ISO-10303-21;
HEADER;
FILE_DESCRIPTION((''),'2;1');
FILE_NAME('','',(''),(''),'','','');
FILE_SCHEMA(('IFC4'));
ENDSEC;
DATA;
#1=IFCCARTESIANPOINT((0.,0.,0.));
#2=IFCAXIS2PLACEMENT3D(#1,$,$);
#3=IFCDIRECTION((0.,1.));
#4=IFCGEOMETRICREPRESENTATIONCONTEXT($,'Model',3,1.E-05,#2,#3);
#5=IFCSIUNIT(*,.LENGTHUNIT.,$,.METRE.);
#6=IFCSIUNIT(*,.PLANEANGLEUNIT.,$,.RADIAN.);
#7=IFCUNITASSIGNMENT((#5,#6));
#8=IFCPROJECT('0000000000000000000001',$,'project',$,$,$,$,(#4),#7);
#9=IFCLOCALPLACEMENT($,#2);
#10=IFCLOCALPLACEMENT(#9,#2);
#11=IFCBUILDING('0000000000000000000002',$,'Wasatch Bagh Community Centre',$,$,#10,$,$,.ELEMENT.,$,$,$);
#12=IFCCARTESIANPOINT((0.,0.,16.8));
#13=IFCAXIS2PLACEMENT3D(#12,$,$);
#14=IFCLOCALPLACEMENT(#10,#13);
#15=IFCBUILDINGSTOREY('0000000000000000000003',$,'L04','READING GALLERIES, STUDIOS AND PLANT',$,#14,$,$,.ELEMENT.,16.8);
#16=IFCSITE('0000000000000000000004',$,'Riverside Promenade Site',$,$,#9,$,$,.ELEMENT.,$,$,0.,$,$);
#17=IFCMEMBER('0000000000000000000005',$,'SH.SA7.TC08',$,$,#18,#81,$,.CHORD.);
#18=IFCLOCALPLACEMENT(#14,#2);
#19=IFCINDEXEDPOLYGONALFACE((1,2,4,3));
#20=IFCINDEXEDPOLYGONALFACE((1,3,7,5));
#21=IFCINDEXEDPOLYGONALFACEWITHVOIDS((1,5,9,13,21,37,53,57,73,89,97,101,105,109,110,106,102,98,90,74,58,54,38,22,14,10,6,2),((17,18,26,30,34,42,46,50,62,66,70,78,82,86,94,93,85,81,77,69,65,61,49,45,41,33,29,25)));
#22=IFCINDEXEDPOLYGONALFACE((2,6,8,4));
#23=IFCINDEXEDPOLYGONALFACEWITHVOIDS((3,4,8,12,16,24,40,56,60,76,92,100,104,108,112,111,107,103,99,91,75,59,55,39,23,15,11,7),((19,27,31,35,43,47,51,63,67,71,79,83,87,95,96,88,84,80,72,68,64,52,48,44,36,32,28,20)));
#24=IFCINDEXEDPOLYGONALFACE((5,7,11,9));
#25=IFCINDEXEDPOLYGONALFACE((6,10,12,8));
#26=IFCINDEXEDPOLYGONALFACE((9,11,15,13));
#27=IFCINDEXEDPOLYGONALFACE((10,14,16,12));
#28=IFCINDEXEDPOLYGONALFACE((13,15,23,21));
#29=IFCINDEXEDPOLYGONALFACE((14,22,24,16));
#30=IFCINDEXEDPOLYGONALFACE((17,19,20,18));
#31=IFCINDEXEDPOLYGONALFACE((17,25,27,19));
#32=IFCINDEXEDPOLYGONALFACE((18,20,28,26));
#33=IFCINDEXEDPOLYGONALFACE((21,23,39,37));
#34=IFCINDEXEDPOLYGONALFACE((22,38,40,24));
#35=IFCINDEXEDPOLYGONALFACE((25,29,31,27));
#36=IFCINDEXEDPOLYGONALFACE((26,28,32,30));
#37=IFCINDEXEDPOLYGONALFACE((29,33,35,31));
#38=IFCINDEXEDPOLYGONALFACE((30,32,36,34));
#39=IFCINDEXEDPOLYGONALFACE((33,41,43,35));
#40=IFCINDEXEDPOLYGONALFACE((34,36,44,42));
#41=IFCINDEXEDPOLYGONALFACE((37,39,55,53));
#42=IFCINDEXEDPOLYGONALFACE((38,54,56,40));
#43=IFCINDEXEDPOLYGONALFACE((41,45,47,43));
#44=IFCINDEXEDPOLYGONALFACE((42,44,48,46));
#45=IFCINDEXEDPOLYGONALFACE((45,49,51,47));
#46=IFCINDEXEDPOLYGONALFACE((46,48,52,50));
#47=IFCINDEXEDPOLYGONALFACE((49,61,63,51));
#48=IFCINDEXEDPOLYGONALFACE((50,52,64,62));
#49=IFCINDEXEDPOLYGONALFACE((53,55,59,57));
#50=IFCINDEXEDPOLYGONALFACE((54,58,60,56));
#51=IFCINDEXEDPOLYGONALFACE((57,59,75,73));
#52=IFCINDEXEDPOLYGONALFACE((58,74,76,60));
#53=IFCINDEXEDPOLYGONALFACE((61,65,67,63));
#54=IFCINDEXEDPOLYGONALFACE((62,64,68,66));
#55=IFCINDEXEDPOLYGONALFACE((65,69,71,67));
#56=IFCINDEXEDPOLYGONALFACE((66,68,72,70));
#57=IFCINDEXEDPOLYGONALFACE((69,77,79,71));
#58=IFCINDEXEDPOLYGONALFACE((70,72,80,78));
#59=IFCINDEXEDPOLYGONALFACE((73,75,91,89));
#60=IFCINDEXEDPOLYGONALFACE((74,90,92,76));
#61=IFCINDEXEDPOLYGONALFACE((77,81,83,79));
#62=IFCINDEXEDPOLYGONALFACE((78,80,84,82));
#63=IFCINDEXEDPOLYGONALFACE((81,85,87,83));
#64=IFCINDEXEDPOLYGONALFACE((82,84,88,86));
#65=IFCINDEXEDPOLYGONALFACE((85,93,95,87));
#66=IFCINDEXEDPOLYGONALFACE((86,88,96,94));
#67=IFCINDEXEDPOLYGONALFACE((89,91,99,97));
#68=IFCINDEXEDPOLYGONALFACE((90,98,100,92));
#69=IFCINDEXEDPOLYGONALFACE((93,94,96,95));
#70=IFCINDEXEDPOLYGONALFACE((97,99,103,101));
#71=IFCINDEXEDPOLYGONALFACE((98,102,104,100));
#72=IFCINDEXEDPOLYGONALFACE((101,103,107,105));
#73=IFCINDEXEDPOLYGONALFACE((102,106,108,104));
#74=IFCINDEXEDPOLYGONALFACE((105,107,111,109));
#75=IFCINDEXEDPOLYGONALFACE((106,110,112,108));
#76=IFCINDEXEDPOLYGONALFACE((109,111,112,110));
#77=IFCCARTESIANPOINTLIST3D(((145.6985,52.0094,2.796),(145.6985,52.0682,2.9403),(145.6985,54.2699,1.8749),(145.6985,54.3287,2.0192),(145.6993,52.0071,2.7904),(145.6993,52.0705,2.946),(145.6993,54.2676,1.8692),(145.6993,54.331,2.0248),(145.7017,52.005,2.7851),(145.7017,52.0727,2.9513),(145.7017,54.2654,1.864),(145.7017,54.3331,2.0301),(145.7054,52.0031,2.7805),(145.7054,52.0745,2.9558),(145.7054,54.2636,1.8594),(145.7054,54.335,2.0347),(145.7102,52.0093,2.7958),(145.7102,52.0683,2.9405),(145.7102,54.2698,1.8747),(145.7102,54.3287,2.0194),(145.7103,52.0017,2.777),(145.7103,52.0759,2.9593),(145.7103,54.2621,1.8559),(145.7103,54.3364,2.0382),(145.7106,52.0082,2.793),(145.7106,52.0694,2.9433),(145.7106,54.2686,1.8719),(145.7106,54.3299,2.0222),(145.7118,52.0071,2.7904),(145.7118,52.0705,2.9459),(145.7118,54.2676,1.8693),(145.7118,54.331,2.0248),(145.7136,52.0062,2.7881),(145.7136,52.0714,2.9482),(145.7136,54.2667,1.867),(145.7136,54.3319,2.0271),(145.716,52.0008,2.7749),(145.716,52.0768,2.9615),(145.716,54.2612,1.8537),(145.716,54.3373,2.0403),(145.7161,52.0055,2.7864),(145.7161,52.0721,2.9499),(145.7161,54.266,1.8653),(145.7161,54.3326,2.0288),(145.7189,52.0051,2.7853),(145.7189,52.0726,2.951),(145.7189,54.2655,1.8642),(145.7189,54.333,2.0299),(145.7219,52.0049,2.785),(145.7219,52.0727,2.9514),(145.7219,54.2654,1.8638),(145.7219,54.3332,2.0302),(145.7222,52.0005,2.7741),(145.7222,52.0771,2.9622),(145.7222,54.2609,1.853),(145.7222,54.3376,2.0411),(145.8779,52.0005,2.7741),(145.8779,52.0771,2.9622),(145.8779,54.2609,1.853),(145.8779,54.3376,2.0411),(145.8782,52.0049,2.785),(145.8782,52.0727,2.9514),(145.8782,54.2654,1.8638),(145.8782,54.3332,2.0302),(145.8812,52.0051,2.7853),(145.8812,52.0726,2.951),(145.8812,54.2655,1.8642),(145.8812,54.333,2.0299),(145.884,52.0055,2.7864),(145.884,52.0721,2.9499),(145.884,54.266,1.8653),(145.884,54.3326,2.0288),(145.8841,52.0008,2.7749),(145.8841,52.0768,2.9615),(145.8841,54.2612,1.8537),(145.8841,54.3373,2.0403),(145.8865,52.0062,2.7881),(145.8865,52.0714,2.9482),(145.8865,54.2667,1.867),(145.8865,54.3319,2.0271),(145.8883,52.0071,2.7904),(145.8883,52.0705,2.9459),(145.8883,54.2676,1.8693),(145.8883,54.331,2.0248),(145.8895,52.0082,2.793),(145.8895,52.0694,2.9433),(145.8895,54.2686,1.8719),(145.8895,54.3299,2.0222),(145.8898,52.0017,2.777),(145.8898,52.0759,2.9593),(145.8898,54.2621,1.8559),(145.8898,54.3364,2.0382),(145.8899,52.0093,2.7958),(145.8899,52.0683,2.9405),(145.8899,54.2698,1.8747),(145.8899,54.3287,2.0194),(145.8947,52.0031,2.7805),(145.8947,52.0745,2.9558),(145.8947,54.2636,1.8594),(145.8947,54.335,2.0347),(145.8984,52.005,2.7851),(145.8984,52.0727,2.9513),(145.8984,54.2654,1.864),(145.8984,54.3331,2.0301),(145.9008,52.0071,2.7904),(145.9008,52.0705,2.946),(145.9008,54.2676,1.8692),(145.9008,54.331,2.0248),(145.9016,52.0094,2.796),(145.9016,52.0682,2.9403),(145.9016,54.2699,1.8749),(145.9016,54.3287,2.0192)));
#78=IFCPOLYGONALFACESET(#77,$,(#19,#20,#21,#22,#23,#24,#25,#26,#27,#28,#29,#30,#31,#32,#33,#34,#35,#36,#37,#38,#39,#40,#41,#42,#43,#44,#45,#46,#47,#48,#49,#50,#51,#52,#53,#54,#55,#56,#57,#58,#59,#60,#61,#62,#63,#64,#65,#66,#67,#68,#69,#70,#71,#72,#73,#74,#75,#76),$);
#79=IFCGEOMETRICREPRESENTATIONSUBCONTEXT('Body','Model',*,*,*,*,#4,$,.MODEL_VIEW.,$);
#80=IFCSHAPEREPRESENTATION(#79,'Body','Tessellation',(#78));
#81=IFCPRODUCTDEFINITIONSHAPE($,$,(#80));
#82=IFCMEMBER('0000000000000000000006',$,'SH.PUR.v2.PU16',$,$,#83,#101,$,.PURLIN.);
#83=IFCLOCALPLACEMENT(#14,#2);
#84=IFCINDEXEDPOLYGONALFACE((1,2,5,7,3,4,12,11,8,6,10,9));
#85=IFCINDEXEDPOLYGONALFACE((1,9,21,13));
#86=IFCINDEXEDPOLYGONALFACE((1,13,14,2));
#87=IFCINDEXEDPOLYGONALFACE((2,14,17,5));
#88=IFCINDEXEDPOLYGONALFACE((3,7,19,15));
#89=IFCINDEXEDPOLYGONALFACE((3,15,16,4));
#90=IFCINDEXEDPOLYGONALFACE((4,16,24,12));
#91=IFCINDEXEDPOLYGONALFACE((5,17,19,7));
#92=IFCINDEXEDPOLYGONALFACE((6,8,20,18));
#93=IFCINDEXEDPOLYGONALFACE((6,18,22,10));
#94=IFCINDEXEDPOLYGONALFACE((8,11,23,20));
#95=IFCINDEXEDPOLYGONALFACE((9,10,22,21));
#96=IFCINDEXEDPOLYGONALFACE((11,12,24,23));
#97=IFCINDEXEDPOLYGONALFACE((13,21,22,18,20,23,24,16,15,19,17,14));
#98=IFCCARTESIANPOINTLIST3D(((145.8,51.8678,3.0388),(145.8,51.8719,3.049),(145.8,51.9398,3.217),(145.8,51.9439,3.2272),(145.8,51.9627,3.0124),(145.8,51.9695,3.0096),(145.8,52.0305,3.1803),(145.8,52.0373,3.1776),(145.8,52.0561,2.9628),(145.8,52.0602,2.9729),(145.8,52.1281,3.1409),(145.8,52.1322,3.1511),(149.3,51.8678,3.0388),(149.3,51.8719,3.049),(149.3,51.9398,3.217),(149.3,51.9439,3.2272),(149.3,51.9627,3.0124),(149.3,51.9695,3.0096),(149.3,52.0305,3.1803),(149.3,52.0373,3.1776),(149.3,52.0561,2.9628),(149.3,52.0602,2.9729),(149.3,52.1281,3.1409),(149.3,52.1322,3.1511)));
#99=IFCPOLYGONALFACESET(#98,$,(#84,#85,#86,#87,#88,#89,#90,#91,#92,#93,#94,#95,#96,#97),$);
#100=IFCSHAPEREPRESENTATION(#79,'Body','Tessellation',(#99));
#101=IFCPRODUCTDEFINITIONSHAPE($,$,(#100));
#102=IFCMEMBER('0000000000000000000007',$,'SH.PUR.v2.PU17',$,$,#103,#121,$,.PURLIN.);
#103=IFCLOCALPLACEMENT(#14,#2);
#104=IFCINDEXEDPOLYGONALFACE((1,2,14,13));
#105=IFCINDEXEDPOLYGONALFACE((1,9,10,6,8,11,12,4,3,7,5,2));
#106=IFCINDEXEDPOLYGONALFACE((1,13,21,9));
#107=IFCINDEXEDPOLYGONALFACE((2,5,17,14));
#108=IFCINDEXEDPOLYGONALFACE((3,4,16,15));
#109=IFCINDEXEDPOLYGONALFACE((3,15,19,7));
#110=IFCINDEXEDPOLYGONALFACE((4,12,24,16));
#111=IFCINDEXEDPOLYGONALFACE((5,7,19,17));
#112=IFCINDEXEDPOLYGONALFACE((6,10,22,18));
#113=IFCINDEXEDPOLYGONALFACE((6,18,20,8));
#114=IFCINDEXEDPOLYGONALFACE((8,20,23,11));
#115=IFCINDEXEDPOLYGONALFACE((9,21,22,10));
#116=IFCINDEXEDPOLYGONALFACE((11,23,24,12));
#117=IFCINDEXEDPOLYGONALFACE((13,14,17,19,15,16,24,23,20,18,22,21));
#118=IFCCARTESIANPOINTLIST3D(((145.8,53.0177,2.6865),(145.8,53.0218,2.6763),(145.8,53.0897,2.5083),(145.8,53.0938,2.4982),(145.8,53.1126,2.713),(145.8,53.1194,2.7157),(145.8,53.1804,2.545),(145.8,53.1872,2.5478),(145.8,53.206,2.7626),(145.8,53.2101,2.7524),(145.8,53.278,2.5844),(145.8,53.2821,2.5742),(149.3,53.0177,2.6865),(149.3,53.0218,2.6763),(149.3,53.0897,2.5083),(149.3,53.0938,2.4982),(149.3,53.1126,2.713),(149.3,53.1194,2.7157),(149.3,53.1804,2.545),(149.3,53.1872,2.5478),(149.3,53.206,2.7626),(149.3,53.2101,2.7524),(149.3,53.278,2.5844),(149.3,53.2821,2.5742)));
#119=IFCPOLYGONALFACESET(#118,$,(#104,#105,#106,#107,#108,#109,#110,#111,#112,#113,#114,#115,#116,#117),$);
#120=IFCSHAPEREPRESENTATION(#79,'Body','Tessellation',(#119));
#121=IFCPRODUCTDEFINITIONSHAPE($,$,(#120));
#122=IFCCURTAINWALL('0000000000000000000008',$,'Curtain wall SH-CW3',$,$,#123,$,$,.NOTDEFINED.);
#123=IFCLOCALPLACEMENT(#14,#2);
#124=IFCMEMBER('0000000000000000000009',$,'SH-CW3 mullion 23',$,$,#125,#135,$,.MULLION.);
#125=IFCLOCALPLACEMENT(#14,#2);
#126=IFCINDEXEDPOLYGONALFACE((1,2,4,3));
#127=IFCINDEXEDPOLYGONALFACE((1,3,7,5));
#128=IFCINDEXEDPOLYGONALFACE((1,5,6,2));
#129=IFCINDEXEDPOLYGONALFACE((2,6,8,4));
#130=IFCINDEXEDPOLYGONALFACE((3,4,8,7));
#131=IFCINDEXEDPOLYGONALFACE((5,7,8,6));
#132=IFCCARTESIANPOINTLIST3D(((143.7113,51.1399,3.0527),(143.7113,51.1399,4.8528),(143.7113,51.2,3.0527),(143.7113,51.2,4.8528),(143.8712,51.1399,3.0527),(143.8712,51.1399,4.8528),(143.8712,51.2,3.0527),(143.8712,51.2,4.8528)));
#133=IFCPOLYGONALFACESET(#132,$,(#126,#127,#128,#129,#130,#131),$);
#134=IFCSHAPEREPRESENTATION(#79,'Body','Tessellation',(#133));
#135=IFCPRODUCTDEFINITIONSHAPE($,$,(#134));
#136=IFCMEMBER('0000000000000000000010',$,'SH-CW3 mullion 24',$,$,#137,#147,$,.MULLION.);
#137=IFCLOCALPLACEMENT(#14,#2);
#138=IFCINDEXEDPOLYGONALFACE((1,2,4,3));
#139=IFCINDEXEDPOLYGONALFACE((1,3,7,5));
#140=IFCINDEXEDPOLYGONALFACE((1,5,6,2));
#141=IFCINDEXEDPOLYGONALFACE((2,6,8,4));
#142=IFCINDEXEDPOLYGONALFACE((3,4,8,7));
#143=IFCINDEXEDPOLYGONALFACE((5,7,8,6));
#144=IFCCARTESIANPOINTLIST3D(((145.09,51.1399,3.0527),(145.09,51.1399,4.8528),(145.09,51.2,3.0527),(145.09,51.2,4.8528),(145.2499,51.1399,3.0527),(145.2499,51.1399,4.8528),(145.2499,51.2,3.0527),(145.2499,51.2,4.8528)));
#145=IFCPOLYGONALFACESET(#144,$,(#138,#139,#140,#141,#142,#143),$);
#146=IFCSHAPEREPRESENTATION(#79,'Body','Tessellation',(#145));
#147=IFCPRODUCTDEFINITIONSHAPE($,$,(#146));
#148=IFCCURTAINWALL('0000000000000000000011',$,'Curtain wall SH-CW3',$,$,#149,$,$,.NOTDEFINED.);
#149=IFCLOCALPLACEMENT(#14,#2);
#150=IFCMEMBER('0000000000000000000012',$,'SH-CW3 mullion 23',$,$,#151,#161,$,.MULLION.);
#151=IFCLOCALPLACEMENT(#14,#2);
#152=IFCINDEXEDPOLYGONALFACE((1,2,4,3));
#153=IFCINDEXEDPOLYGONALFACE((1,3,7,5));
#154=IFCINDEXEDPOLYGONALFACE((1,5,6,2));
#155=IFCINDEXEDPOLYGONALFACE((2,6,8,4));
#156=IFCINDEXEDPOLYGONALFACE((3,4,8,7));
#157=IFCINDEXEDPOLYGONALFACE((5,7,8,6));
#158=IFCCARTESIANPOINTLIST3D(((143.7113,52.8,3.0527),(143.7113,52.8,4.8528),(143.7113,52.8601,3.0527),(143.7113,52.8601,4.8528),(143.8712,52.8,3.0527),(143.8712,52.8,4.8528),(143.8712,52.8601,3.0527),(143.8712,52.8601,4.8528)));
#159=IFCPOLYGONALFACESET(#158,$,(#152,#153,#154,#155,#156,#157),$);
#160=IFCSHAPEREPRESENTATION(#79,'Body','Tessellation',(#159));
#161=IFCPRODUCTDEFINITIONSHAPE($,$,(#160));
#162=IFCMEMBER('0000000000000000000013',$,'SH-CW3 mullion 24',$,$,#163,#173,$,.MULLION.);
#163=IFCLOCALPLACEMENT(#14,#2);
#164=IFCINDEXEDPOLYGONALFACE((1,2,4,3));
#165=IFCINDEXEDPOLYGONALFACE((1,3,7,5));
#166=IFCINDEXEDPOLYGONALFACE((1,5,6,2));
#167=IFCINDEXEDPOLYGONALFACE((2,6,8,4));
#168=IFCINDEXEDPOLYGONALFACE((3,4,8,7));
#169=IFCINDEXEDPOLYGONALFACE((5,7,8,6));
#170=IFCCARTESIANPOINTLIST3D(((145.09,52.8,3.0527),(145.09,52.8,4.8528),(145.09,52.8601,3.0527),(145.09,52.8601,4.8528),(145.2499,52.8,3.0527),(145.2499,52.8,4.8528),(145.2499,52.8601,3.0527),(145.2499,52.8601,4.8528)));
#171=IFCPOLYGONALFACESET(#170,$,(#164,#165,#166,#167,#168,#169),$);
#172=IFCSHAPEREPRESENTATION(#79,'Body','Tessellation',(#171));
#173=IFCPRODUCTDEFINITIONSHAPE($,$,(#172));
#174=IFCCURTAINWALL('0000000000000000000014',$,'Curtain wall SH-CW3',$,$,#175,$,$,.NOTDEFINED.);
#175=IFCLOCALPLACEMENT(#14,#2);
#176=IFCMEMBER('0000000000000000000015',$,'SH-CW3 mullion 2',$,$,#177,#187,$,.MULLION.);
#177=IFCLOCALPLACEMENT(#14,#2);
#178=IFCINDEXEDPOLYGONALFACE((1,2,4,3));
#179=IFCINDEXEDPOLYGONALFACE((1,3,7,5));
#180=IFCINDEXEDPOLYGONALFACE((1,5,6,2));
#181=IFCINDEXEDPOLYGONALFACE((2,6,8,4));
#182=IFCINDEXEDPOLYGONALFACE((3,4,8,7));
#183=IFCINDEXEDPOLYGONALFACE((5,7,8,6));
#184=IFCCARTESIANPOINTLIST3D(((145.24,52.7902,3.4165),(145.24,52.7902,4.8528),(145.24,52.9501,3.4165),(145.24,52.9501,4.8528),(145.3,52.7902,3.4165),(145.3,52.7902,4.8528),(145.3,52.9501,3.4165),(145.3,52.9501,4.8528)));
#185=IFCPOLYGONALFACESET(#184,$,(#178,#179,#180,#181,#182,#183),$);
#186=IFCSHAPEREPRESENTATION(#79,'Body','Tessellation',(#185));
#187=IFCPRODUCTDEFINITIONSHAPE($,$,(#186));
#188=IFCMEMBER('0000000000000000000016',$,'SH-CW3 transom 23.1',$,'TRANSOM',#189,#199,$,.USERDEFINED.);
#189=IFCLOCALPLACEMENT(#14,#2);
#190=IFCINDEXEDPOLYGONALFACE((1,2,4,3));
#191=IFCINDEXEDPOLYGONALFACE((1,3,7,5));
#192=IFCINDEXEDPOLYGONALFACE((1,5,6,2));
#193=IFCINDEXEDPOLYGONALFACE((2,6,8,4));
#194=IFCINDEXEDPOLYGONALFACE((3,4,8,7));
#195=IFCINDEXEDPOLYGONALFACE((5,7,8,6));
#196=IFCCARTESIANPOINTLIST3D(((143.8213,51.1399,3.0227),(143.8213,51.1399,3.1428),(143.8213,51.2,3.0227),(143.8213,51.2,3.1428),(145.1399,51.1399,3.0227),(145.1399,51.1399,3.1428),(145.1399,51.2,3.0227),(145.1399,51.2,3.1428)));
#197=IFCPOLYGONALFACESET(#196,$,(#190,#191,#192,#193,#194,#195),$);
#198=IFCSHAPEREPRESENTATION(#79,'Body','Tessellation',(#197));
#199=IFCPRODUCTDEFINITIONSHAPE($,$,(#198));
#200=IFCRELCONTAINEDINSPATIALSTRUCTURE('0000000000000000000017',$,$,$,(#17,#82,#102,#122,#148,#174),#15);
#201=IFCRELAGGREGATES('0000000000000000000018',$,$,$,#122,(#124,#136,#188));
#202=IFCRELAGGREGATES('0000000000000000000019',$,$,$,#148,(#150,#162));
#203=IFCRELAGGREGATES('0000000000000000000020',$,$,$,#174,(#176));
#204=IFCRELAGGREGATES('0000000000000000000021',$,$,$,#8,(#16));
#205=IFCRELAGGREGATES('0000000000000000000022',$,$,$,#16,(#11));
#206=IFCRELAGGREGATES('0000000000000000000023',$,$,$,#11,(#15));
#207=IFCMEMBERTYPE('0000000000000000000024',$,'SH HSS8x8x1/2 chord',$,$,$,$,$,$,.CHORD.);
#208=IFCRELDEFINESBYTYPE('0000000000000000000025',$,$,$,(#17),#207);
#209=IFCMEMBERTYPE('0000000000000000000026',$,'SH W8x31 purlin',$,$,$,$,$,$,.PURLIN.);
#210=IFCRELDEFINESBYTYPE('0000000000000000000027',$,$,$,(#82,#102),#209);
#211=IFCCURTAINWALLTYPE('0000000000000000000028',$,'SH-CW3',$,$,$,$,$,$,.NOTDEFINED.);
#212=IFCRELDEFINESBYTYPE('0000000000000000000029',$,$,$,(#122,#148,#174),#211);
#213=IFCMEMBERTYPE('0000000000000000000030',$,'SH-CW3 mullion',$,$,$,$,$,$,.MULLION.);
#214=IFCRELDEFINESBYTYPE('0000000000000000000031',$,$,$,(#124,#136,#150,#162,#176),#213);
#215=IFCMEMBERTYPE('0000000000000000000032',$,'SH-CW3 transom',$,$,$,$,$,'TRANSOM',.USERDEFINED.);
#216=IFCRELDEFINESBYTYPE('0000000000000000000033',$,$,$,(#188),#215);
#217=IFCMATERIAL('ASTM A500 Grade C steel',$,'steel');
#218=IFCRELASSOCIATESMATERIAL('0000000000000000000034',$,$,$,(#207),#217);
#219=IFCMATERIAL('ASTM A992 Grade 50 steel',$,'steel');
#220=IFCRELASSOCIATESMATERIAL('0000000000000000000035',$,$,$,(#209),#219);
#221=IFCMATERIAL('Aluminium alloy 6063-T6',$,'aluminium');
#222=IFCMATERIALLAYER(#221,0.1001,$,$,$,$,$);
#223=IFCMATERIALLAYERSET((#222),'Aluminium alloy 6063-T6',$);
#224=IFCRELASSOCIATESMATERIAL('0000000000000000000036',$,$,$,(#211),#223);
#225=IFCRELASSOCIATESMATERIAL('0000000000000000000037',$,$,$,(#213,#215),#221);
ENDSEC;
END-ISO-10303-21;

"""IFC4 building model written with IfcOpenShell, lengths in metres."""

from ifc_helpers import new_model, si_unit, direction, frame, origin, origin_2d, place, context, subcontext, project, spatial, rectangle, hollow_rectangle, i_section, extrude, material, layer, layer_set, material_profile, profile_set, type_object, element, aggregate, save


model = new_model("IFC4")

# Units and contexts
model_context = context("Model", 3, precision=1e-05, world=origin(), true_north=direction((0.0, 1.0)))
body_context = subcontext(model_context, "Body", "Model", "MODEL_VIEW")
ifc_project = project(units=[si_unit("LENGTHUNIT", "METRE"), si_unit("PLANEANGLEUNIT", "RADIAN")], contexts=[model_context])

# Site, building, storey
site_placement = place(None, origin())
site = spatial("IfcSite", under=ifc_project, at=site_placement, Name="Riverside Promenade Site", CompositionType="ELEMENT", RefElevation=0.0)
building_placement = place(site_placement, origin())
building = spatial("IfcBuilding", under=site, at=building_placement, Name="Wasatch Bagh Community Centre", CompositionType="ELEMENT")
storey_placement = place(building_placement, frame((0.0, 0.0, 16.8)))
storey = spatial("IfcBuildingStorey", under=building, at=storey_placement, Name="L04", Description="READING GALLERIES, STUDIOS AND PLANT", CompositionType="ELEMENT", Elevation=16.8)

# Members
ifc_material_1 = material(Name="ASTM A500 Grade C steel", Category="steel")
ifc_material_profile_1 = material_profile(ifc_material_1, hollow_rectangle(XDim=0.2031, YDim=0.2031, WallThickness=0.0117, InnerFilletRadius=0.0117, OuterFilletRadius=0.0237, at=origin_2d()), Name="HSS8x8x1/2")
ifc_profile_set_1 = profile_set([ifc_material_profile_1], Name="ASTM A500 Grade C steel")
member_type_1 = type_object("IfcMemberType", Name="SH HSS8x8x1/2 chord", PredefinedType="CHORD", material=ifc_profile_set_1)
member_1_placement = place(storey_placement, frame((145.8, 52.0388, 2.8682), z_axis=(0.0, 0.926064, -0.377367), x_axis=(-1.0, 0.0, 0.0)))
element("IfcMember", 1, at=member_1_placement, inside=storey, type_object=member_type_1, Name="SH.SA7.TC08", PredefinedType="CHORD", context=body_context, shape_type="SweptSolid", body=[
    extrude(hollow_rectangle(XDim=0.2031, YDim=0.2031, WallThickness=0.0117, InnerFilletRadius=0.0117, OuterFilletRadius=0.0237, at=origin_2d()), origin(), (0.0, 0.0, 1.0), 2.4409),
])
ifc_material_2 = material(Name="ASTM A992 Grade 50 steel", Category="steel")
ifc_material_profile_2 = material_profile(ifc_material_2, i_section(OverallWidth=0.2031, OverallDepth=0.2031, WebThickness=0.0073, FlangeThickness=0.011, at=origin_2d()), Name="W8x31")
ifc_profile_set_2 = profile_set([ifc_material_profile_2], Name="ASTM A992 Grade 50 steel")
member_type_2 = type_object("IfcMemberType", Name="SH W8x31 purlin", PredefinedType="PURLIN", material=ifc_profile_set_2)
for number, where, z_axis, x_axis, name in (
    (2, (145.8, 52.0, 3.095), (1.0, 0.0, 0.0), (0.0, 0.927184, -0.374607), "SH.PUR.v2.PU16"),
    (3, (145.8, 53.1499, 2.6304), (1.0, 0.0, 0.0), (0.0, 0.927184, 0.374607), "SH.PUR.v2.PU17"),
):
    element("IfcMember", number, at=place(storey_placement, frame(where, z_axis=z_axis, x_axis=x_axis)), inside=storey, type_object=member_type_2, Name=name, PredefinedType="PURLIN", context=body_context, shape_type="SweptSolid", body=[
        extrude(i_section(OverallWidth=0.2031, OverallDepth=0.2031, WebThickness=0.0073, FlangeThickness=0.011, at=origin_2d()), origin(), (0.0, 0.0, 1.0), 3.5),
    ])

# Curtain walls, members
ifc_material_3 = material(Name="Aluminium alloy 6063-T6", Category="aluminium")
ifc_layer_1 = layer(ifc_material_3, 0.1001)
ifc_layer_set_1 = layer_set([ifc_layer_1], Name="Aluminium alloy 6063-T6")
curtain_wall_type = type_object("IfcCurtainWallType", Name="SH-CW3", PredefinedType="NOTDEFINED", material=ifc_layer_set_1)
curtain_wall_1_placement = place(storey_placement, origin())
curtain_wall_1 = element("IfcCurtainWall", 4, at=curtain_wall_1_placement, inside=storey, type_object=curtain_wall_type, Name="Curtain wall SH-CW3", PredefinedType="NOTDEFINED")
ifc_material_profile_3 = material_profile(ifc_material_3, rectangle(XDim=0.0601, YDim=0.1599, at=origin_2d()), Name="AL 60x160")
ifc_profile_set_3 = profile_set([ifc_material_profile_3], Name="Aluminium alloy 6063-T6")
member_type_3 = type_object("IfcMemberType", Name="SH-CW3 mullion", PredefinedType="MULLION", material=ifc_profile_set_3)
member_2_placement = place(storey_placement, frame((143.7913, 51.1699, 3.0527), z_axis=(0.0, 0.0, 1.0), x_axis=(0.0, 1.0, 0.0)))
member_2 = element("IfcMember", 5, at=member_2_placement, type_object=member_type_3, Name="SH-CW3 mullion 23", PredefinedType="MULLION", context=body_context, shape_type="SweptSolid", body=[
    extrude(rectangle(XDim=0.0601, YDim=0.1599, at=origin_2d()), origin(), (0.0, 0.0, 1.0), 1.8),
])
member_3_placement = place(storey_placement, frame((145.1699, 51.1699, 3.0527), z_axis=(0.0, 0.0, 1.0), x_axis=(0.0, 1.0, 0.0)))
member_3 = element("IfcMember", 6, at=member_3_placement, type_object=member_type_3, Name="SH-CW3 mullion 24", PredefinedType="MULLION", context=body_context, shape_type="SweptSolid", body=[
    extrude(rectangle(XDim=0.0601, YDim=0.1599, at=origin_2d()), origin(), (0.0, 0.0, 1.0), 1.8),
])
curtain_wall_2_placement = place(storey_placement, origin())
curtain_wall_2 = element("IfcCurtainWall", 7, at=curtain_wall_2_placement, inside=storey, type_object=curtain_wall_type, Name="Curtain wall SH-CW3", PredefinedType="NOTDEFINED")
member_4_placement = place(storey_placement, frame((143.7913, 52.8301, 3.0527), z_axis=(0.0, 0.0, 1.0), x_axis=(0.0, 1.0, 0.0)))
member_4 = element("IfcMember", 8, at=member_4_placement, type_object=member_type_3, Name="SH-CW3 mullion 23", PredefinedType="MULLION", context=body_context, shape_type="SweptSolid", body=[
    extrude(rectangle(XDim=0.0601, YDim=0.1599, at=origin_2d()), origin(), (0.0, 0.0, 1.0), 1.8),
])
member_5_placement = place(storey_placement, frame((145.1699, 52.8301, 3.0527), z_axis=(0.0, 0.0, 1.0), x_axis=(0.0, 1.0, 0.0)))
member_5 = element("IfcMember", 9, at=member_5_placement, type_object=member_type_3, Name="SH-CW3 mullion 24", PredefinedType="MULLION", context=body_context, shape_type="SweptSolid", body=[
    extrude(rectangle(XDim=0.0601, YDim=0.1599, at=origin_2d()), origin(), (0.0, 0.0, 1.0), 1.8),
])

# Curtain wall, member
curtain_wall_3_placement = place(storey_placement, origin())
curtain_wall_3 = element("IfcCurtainWall", 10, at=curtain_wall_3_placement, inside=storey, type_object=curtain_wall_type, Name="Curtain wall SH-CW3", PredefinedType="NOTDEFINED")
member_6_placement = place(storey_placement, frame((145.27, 52.8701, 3.4165), z_axis=(0.0, 0.0, 1.0), x_axis=(-1.0, 0.0, 0.0)))
member_6 = element("IfcMember", 11, at=member_6_placement, type_object=member_type_3, Name="SH-CW3 mullion 2", PredefinedType="MULLION", context=body_context, shape_type="SweptSolid", body=[
    extrude(rectangle(XDim=0.0601, YDim=0.1599, at=origin_2d()), origin(), (0.0, 0.0, 1.0), 1.4363),
])

# Member
ifc_material_profile_4 = material_profile(ifc_material_3, rectangle(XDim=0.0601, YDim=0.1201, at=origin_2d()), Name="AL 60x120")
ifc_profile_set_4 = profile_set([ifc_material_profile_4], Name="Aluminium alloy 6063-T6")
member_type_4 = type_object("IfcMemberType", Name="SH-CW3 transom", ElementType="TRANSOM", PredefinedType="USERDEFINED", material=ifc_profile_set_4)
member_7_placement = place(storey_placement, frame((143.8213, 51.1699, 3.0828), z_axis=(1.0, 0.0, 0.0), x_axis=(0.0, 1.0, 0.0)))
member_7 = element("IfcMember", 12, at=member_7_placement, type_object=member_type_4, Name="SH-CW3 transom 23.1", ObjectType="TRANSOM", PredefinedType="USERDEFINED", context=body_context, shape_type="SweptSolid", body=[
    extrude(rectangle(XDim=0.0601, YDim=0.1201, at=origin_2d()), origin(), (0.0, 0.0, 1.0), 1.3186),
])

aggregate(curtain_wall_1, [member_2, member_3, member_7])
aggregate(curtain_wall_2, [member_4, member_5])
aggregate(curtain_wall_3, [member_6])

save(model, "model.ifc")
